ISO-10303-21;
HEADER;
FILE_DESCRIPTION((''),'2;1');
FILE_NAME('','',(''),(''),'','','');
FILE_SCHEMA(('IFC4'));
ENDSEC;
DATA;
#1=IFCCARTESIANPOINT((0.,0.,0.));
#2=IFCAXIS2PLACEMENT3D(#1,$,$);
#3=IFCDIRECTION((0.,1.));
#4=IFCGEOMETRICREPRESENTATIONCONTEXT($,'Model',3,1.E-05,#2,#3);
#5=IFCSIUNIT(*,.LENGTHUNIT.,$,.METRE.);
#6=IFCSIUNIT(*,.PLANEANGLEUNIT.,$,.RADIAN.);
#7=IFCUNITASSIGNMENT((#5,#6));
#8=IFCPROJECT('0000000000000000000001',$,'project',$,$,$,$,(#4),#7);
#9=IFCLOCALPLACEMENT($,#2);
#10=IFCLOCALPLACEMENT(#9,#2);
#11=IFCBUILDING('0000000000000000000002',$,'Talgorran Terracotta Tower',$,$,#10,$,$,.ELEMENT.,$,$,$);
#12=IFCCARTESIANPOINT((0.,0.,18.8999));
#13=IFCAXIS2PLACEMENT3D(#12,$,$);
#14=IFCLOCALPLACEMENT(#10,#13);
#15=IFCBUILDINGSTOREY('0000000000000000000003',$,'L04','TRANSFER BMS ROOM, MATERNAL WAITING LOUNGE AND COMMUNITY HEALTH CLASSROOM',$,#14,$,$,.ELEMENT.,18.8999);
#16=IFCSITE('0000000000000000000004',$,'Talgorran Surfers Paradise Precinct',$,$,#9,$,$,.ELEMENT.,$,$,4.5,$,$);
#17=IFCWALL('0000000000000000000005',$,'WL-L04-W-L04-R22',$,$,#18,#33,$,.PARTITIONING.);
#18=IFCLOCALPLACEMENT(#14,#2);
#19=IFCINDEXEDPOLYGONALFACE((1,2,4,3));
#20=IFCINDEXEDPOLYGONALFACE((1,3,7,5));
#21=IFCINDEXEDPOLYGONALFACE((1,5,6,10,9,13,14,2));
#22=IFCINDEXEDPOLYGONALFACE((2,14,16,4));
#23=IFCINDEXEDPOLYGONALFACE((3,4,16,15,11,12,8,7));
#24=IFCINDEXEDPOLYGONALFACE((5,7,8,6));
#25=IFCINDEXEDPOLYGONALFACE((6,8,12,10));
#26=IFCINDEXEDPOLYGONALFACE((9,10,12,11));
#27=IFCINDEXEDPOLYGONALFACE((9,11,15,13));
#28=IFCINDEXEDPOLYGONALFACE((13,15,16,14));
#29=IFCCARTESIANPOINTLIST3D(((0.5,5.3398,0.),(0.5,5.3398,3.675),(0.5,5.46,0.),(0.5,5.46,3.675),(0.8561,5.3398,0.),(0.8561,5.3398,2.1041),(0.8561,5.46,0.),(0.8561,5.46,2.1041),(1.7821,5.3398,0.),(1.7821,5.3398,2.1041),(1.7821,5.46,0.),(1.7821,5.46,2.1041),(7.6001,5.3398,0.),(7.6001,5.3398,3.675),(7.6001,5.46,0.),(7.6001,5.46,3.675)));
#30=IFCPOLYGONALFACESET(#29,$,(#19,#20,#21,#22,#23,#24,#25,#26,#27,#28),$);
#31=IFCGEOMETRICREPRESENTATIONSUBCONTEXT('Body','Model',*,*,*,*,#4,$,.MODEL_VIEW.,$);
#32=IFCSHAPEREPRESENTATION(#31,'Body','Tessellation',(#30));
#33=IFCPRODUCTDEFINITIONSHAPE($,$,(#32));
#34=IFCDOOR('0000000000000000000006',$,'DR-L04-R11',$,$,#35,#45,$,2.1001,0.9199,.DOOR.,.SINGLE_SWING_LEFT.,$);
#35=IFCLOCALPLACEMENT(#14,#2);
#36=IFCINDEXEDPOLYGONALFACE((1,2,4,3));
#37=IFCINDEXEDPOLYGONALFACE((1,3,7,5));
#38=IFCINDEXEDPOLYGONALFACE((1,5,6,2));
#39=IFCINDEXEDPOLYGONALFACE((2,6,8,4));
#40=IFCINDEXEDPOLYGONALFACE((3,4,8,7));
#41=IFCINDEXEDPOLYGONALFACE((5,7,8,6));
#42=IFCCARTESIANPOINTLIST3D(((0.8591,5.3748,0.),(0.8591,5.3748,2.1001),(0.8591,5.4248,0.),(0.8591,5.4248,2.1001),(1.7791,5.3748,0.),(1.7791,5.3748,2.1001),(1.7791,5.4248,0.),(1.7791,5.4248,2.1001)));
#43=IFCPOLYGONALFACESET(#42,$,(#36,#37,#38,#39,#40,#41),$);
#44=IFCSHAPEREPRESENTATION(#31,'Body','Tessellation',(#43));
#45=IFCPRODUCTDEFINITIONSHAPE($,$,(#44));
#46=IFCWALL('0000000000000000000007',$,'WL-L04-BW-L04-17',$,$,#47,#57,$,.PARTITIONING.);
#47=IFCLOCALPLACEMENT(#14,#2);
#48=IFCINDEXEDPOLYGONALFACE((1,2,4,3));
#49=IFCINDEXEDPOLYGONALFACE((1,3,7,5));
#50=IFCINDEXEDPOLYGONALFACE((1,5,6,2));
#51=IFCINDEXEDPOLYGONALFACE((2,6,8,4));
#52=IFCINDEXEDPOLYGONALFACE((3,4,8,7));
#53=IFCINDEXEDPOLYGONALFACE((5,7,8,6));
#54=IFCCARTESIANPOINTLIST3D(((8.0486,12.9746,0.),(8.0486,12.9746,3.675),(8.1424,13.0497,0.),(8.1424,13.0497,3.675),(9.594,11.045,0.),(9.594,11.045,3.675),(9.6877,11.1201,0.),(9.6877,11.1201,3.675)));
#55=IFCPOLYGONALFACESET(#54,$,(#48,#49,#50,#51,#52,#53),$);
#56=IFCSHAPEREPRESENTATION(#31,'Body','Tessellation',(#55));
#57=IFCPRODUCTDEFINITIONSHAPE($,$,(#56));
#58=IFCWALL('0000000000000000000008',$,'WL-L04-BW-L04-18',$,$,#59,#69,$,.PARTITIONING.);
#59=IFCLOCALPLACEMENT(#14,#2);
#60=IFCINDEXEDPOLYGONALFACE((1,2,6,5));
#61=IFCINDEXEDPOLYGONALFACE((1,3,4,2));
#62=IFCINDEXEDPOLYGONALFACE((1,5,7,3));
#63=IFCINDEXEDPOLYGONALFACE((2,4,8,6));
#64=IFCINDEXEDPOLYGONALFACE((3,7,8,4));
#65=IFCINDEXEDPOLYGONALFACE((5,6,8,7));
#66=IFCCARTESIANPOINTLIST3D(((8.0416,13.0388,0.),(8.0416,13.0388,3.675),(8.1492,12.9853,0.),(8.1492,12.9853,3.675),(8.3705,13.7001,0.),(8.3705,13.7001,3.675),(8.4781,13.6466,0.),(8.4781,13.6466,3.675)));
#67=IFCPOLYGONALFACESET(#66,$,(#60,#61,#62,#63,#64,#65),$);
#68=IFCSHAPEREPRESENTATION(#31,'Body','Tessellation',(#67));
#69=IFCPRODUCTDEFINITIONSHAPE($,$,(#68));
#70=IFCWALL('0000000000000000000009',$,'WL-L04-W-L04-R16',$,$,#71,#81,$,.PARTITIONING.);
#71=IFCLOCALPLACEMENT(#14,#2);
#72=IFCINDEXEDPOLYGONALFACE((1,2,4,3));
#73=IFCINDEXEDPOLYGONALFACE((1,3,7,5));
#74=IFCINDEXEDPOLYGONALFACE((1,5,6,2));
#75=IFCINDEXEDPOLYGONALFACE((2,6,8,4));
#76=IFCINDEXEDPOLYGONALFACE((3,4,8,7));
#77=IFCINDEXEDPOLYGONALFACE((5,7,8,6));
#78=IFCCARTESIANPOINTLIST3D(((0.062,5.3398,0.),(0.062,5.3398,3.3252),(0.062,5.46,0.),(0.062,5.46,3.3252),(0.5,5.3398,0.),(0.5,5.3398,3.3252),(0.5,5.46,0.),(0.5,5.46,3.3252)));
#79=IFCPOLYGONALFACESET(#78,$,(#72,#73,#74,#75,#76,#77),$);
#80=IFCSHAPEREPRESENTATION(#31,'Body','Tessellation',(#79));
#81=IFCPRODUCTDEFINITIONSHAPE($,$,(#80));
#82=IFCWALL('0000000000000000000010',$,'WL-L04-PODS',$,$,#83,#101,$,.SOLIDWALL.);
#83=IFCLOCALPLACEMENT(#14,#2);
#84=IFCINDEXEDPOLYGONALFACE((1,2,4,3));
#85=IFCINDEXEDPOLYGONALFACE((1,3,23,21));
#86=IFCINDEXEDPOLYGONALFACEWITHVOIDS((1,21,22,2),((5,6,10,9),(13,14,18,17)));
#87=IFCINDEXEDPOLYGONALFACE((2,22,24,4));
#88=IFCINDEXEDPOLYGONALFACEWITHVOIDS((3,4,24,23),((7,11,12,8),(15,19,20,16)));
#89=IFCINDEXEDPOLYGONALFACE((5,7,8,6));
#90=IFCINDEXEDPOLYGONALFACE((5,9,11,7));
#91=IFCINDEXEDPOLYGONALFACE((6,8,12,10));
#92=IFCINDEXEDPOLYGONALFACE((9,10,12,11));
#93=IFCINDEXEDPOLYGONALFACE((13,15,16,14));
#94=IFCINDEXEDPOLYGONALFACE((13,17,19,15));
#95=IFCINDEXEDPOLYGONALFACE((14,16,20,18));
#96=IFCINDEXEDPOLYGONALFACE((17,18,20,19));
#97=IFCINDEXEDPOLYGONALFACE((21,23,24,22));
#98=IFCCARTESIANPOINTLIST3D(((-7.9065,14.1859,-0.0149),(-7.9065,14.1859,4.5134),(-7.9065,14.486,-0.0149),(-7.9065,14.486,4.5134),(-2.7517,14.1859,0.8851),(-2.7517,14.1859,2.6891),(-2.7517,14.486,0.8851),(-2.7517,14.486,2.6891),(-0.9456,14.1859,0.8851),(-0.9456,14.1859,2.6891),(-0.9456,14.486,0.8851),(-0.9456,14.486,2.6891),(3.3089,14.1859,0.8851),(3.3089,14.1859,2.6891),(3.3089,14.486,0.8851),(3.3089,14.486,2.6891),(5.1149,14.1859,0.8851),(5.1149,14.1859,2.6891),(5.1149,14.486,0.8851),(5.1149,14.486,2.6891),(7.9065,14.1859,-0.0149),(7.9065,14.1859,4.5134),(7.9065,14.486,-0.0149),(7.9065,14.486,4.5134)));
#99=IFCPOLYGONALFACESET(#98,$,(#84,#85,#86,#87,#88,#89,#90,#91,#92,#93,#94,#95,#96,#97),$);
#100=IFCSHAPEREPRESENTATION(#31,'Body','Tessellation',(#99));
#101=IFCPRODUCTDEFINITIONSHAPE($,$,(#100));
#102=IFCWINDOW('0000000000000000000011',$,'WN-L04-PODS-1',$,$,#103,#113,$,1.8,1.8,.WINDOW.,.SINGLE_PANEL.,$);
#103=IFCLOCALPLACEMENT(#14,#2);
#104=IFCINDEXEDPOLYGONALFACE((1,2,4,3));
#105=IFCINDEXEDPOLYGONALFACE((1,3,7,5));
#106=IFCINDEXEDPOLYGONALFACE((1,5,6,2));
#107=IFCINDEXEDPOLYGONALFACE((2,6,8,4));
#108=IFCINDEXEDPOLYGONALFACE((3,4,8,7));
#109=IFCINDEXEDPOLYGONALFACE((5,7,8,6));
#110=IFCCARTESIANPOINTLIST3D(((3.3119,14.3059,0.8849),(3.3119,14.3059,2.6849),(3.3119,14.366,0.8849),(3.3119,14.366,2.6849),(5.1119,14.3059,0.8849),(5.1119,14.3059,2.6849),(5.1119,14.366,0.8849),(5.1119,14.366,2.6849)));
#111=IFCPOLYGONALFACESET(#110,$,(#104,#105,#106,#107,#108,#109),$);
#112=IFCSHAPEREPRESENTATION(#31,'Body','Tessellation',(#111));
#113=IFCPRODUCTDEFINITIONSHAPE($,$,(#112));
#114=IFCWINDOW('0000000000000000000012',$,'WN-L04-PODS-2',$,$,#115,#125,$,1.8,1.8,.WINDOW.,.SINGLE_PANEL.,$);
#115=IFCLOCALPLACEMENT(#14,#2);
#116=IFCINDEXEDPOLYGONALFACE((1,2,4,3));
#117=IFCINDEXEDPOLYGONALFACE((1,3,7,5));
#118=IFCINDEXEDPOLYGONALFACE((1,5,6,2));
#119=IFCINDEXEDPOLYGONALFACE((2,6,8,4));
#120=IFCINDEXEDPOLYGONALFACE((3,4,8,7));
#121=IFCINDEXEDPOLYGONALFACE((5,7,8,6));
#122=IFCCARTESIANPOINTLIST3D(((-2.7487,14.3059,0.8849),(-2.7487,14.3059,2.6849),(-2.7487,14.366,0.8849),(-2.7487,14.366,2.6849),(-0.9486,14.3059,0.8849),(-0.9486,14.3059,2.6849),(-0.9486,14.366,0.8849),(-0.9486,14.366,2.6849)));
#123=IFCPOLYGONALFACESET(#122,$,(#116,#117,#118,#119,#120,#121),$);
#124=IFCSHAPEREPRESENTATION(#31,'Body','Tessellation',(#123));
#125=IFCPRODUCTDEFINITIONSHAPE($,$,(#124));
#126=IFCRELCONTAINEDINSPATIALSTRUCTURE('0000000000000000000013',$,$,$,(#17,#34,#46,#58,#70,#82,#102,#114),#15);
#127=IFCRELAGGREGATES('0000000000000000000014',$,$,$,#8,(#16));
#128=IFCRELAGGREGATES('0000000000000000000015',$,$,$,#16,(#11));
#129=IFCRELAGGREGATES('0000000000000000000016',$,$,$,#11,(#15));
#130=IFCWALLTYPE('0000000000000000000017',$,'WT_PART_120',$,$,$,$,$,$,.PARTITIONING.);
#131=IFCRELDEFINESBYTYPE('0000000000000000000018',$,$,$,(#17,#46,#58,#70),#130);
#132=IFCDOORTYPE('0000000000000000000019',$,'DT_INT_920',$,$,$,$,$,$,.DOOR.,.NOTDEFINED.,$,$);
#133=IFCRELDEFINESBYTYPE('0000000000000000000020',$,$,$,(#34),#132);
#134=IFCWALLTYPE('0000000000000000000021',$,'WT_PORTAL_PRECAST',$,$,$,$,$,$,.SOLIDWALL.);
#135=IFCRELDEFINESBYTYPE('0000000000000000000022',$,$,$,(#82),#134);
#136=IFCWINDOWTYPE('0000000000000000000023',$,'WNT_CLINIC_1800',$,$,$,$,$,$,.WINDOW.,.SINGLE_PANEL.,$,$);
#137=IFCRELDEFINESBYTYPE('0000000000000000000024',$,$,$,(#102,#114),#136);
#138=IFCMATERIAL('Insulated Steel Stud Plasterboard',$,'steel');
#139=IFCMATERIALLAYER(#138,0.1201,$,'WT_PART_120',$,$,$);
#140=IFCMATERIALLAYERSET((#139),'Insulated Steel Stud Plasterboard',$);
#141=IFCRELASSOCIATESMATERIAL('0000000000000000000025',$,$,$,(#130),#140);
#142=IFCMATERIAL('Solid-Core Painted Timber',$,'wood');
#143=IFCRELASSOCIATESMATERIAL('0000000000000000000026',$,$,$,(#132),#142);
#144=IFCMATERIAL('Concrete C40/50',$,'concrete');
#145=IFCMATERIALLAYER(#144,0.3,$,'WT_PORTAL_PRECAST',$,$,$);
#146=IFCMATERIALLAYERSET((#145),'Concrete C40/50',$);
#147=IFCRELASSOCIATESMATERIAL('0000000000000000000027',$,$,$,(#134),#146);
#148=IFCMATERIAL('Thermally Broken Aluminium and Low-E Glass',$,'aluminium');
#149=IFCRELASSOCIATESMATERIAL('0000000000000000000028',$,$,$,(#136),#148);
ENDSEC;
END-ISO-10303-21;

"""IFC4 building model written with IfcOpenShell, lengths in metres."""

from ifc_helpers import new_model, si_unit, direction, frame, frame_2d, origin, place, context, subcontext, project, spatial, rectangle, extrude, material, layer, layer_set, type_object, element, fill, save


model = new_model("IFC4")

# Units and contexts
model_context = context("Model", 3, precision=1e-05, world=origin(), true_north=direction((0.0, 1.0)))
body_context = subcontext(model_context, "Body", "Model", "MODEL_VIEW")
ifc_project = project(units=[si_unit("LENGTHUNIT", "METRE"), si_unit("PLANEANGLEUNIT", "RADIAN")], contexts=[model_context])

# Site, building, storey
site_placement = place(None, origin())
site = spatial("IfcSite", under=ifc_project, at=site_placement, Name="Talgorran Surfers Paradise Precinct", CompositionType="ELEMENT", RefElevation=4.5)
building_placement = place(site_placement, origin())
building = spatial("IfcBuilding", under=site, at=building_placement, Name="Talgorran Terracotta Tower", CompositionType="ELEMENT")
storey_placement = place(building_placement, frame((0.0, 0.0, 18.8999)))
storey = spatial("IfcBuildingStorey", under=building, at=storey_placement, Name="L04", Description="TRANSFER BMS ROOM, MATERNAL WAITING LOUNGE AND COMMUNITY HEALTH CLASSROOM", CompositionType="ELEMENT", Elevation=18.8999)

# Shared definitions
ifc_material_1 = material(Name="Insulated Steel Stud Plasterboard", Category="steel")
ifc_layer_1 = layer(ifc_material_1, 0.1201, Name="WT_PART_120")
ifc_layer_set_1 = layer_set([ifc_layer_1], Name="Insulated Steel Stud Plasterboard")
wall_type_1 = type_object("IfcWallType", Name="WT_PART_120", PredefinedType="PARTITIONING", material=ifc_layer_set_1)

# Wall, opening, door
wall_1_placement = place(storey_placement, frame((0.5, 5.3999, 0.0), z_axis=(0.0, 0.0, 1.0), x_axis=(1.0, 0.0, 0.0)))
wall_1 = element("IfcWall", 1, at=wall_1_placement, inside=storey, type_object=wall_type_1, Name="WL-L04-W-L04-R22", PredefinedType="PARTITIONING", context=body_context, shape_type="SweptSolid", body=[
    extrude(rectangle(XDim=7.1001, YDim=0.1201, at=frame_2d((3.55, 0.0))), origin(), (0.0, 0.0, 1.0), 3.675),
])
opening_1_placement = place(wall_1_placement, frame((0.3591, 0.0, 0.0)))
opening_1 = element("IfcOpeningElement", 2, at=opening_1_placement, cuts=wall_1, PredefinedType="OPENING", context=body_context, shape_type="SweptSolid", body=[
    extrude(rectangle(XDim=0.9259, YDim=2.1041, at=frame_2d((0.46, 1.052))), frame((0.0, 0.0701, 0.0), z_axis=(0.0, -1.0, 0.0), x_axis=(1.0, 0.0, 0.0)), (0.0, 0.0, 1.0), 0.1401),
])
ifc_material_2 = material(Name="Solid-Core Painted Timber", Category="wood")
door_type = type_object("IfcDoorType", Name="DT_INT_920", OperationType="NOTDEFINED", PredefinedType="DOOR", material=ifc_material_2)
door_placement = place(opening_1_placement, origin())
door = element("IfcDoor", 3, at=door_placement, inside=storey, type_object=door_type, Name="DR-L04-R11", OperationType="SINGLE_SWING_LEFT", OverallHeight=2.1001, OverallWidth=0.9199, PredefinedType="DOOR", context=body_context, shape_type="SweptSolid", body=[
    extrude(rectangle(XDim=0.9199, YDim=2.1001, at=frame_2d((0.46, 1.05))), frame((0.0, 0.0249, 0.0), z_axis=(0.0, -1.0, 0.0), x_axis=(1.0, 0.0, 0.0)), (0.0, 0.0, 1.0), 0.05),
])
fill(opening_1, door)

# Walls
wall_2_placement = place(storey_placement, frame((9.6409, 11.0825, 0.0), z_axis=(0.0, 0.0, 1.0), x_axis=(-0.625104, 0.780541, 0.0)))
element("IfcWall", 4, at=wall_2_placement, inside=storey, type_object=wall_type_1, Name="WL-L04-BW-L04-17", PredefinedType="PARTITIONING", context=body_context, shape_type="SweptSolid", body=[
    extrude(rectangle(XDim=2.4722, YDim=0.1201, at=frame_2d((1.2361, 0.0))), origin(), (0.0, 0.0, 1.0), 3.675),
])
wall_3_placement = place(storey_placement, frame((8.0955, 13.0122, 0.0), z_axis=(0.0, 0.0, 1.0), x_axis=(0.445361, 0.895351, 0.0)))
element("IfcWall", 5, at=wall_3_placement, inside=storey, type_object=wall_type_1, Name="WL-L04-BW-L04-18", PredefinedType="PARTITIONING", context=body_context, shape_type="SweptSolid", body=[
    extrude(rectangle(XDim=0.7385, YDim=0.1201, at=frame_2d((0.3691, 0.0))), origin(), (0.0, 0.0, 1.0), 3.675),
])
wall_4_placement = place(storey_placement, frame((0.062, 5.3999, 0.0), z_axis=(0.0, 0.0, 1.0), x_axis=(1.0, 0.0, 0.0)))
element("IfcWall", 6, at=wall_4_placement, inside=storey, type_object=wall_type_1, Name="WL-L04-W-L04-R16", PredefinedType="PARTITIONING", context=body_context, shape_type="SweptSolid", body=[
    extrude(rectangle(XDim=0.438, YDim=0.1201, at=frame_2d((0.219, 0.0))), origin(), (0.0, 0.0, 1.0), 3.3252),
])

# Wall, openings, windows
ifc_material_3 = material(Name="Concrete C40/50", Category="concrete")
ifc_layer_2 = layer(ifc_material_3, 0.3, Name="WT_PORTAL_PRECAST")
ifc_layer_set_2 = layer_set([ifc_layer_2], Name="Concrete C40/50")
wall_type_2 = type_object("IfcWallType", Name="WT_PORTAL_PRECAST", PredefinedType="SOLIDWALL", material=ifc_layer_set_2)
wall_5_placement = place(storey_placement, frame((7.9065, 14.3359, -0.0149), z_axis=(0.0, 0.0, 1.0), x_axis=(-1.0, 0.0, 0.0)))
wall_5 = element("IfcWall", 7, at=wall_5_placement, inside=storey, type_object=wall_type_2, Name="WL-L04-PODS", PredefinedType="SOLIDWALL", context=body_context, shape_type="SweptSolid", body=[
    extrude(rectangle(XDim=15.813, YDim=0.3, at=frame_2d((7.9065, 0.0))), origin(), (0.0, 0.0, 1.0), 4.5283),
])
opening_2_placement = place(wall_5_placement, frame((2.7947, 0.0, 0.8999)))
opening_2 = element("IfcOpeningElement", 8, at=opening_2_placement, cuts=wall_5, PredefinedType="OPENING", context=body_context, shape_type="SweptSolid", body=[
    extrude(rectangle(XDim=1.806, YDim=1.804, at=frame_2d((0.8999, 0.9021))), frame((0.0, 0.1602, 0.0), z_axis=(0.0, -1.0, 0.0), x_axis=(1.0, 0.0, 0.0)), (0.0, 0.0, 1.0), 0.3201),
])
opening_3_placement = place(wall_5_placement, frame((8.8552, 0.0, 0.8999)))
opening_3 = element("IfcOpeningElement", 9, at=opening_3_placement, cuts=wall_5, PredefinedType="OPENING", context=body_context, shape_type="SweptSolid", body=[
    extrude(rectangle(XDim=1.806, YDim=1.804, at=frame_2d((0.8999, 0.9021))), frame((0.0, 0.1602, 0.0), z_axis=(0.0, -1.0, 0.0), x_axis=(1.0, 0.0, 0.0)), (0.0, 0.0, 1.0), 0.3201),
])
ifc_material_4 = material(Name="Thermally Broken Aluminium and Low-E Glass", Category="aluminium")
window_type = type_object("IfcWindowType", Name="WNT_CLINIC_1800", PartitioningType="SINGLE_PANEL", PredefinedType="WINDOW", material=ifc_material_4)
window_1_placement = place(opening_2_placement, origin())
window_1 = element("IfcWindow", 10, at=window_1_placement, inside=storey, type_object=window_type, Name="WN-L04-PODS-1", OverallHeight=1.8, OverallWidth=1.8, PartitioningType="SINGLE_PANEL", PredefinedType="WINDOW", context=body_context, shape_type="SweptSolid", body=[
    extrude(rectangle(XDim=1.8, YDim=1.8, at=frame_2d((0.8999, 0.8999))), frame((0.0, 0.03, 0.0), z_axis=(0.0, -1.0, 0.0), x_axis=(1.0, 0.0, 0.0)), (0.0, 0.0, 1.0), 0.0601),
])
fill(opening_2, window_1)
window_2_placement = place(opening_3_placement, origin())
window_2 = element("IfcWindow", 11, at=window_2_placement, inside=storey, type_object=window_type, Name="WN-L04-PODS-2", OverallHeight=1.8, OverallWidth=1.8, PartitioningType="SINGLE_PANEL", PredefinedType="WINDOW", context=body_context, shape_type="SweptSolid", body=[
    extrude(rectangle(XDim=1.8, YDim=1.8, at=frame_2d((0.8999, 0.8999))), frame((0.0, 0.03, 0.0), z_axis=(0.0, -1.0, 0.0), x_axis=(1.0, 0.0, 0.0)), (0.0, 0.0, 1.0), 0.0601),
])
fill(opening_3, window_2)

save(model, "model.ifc")
